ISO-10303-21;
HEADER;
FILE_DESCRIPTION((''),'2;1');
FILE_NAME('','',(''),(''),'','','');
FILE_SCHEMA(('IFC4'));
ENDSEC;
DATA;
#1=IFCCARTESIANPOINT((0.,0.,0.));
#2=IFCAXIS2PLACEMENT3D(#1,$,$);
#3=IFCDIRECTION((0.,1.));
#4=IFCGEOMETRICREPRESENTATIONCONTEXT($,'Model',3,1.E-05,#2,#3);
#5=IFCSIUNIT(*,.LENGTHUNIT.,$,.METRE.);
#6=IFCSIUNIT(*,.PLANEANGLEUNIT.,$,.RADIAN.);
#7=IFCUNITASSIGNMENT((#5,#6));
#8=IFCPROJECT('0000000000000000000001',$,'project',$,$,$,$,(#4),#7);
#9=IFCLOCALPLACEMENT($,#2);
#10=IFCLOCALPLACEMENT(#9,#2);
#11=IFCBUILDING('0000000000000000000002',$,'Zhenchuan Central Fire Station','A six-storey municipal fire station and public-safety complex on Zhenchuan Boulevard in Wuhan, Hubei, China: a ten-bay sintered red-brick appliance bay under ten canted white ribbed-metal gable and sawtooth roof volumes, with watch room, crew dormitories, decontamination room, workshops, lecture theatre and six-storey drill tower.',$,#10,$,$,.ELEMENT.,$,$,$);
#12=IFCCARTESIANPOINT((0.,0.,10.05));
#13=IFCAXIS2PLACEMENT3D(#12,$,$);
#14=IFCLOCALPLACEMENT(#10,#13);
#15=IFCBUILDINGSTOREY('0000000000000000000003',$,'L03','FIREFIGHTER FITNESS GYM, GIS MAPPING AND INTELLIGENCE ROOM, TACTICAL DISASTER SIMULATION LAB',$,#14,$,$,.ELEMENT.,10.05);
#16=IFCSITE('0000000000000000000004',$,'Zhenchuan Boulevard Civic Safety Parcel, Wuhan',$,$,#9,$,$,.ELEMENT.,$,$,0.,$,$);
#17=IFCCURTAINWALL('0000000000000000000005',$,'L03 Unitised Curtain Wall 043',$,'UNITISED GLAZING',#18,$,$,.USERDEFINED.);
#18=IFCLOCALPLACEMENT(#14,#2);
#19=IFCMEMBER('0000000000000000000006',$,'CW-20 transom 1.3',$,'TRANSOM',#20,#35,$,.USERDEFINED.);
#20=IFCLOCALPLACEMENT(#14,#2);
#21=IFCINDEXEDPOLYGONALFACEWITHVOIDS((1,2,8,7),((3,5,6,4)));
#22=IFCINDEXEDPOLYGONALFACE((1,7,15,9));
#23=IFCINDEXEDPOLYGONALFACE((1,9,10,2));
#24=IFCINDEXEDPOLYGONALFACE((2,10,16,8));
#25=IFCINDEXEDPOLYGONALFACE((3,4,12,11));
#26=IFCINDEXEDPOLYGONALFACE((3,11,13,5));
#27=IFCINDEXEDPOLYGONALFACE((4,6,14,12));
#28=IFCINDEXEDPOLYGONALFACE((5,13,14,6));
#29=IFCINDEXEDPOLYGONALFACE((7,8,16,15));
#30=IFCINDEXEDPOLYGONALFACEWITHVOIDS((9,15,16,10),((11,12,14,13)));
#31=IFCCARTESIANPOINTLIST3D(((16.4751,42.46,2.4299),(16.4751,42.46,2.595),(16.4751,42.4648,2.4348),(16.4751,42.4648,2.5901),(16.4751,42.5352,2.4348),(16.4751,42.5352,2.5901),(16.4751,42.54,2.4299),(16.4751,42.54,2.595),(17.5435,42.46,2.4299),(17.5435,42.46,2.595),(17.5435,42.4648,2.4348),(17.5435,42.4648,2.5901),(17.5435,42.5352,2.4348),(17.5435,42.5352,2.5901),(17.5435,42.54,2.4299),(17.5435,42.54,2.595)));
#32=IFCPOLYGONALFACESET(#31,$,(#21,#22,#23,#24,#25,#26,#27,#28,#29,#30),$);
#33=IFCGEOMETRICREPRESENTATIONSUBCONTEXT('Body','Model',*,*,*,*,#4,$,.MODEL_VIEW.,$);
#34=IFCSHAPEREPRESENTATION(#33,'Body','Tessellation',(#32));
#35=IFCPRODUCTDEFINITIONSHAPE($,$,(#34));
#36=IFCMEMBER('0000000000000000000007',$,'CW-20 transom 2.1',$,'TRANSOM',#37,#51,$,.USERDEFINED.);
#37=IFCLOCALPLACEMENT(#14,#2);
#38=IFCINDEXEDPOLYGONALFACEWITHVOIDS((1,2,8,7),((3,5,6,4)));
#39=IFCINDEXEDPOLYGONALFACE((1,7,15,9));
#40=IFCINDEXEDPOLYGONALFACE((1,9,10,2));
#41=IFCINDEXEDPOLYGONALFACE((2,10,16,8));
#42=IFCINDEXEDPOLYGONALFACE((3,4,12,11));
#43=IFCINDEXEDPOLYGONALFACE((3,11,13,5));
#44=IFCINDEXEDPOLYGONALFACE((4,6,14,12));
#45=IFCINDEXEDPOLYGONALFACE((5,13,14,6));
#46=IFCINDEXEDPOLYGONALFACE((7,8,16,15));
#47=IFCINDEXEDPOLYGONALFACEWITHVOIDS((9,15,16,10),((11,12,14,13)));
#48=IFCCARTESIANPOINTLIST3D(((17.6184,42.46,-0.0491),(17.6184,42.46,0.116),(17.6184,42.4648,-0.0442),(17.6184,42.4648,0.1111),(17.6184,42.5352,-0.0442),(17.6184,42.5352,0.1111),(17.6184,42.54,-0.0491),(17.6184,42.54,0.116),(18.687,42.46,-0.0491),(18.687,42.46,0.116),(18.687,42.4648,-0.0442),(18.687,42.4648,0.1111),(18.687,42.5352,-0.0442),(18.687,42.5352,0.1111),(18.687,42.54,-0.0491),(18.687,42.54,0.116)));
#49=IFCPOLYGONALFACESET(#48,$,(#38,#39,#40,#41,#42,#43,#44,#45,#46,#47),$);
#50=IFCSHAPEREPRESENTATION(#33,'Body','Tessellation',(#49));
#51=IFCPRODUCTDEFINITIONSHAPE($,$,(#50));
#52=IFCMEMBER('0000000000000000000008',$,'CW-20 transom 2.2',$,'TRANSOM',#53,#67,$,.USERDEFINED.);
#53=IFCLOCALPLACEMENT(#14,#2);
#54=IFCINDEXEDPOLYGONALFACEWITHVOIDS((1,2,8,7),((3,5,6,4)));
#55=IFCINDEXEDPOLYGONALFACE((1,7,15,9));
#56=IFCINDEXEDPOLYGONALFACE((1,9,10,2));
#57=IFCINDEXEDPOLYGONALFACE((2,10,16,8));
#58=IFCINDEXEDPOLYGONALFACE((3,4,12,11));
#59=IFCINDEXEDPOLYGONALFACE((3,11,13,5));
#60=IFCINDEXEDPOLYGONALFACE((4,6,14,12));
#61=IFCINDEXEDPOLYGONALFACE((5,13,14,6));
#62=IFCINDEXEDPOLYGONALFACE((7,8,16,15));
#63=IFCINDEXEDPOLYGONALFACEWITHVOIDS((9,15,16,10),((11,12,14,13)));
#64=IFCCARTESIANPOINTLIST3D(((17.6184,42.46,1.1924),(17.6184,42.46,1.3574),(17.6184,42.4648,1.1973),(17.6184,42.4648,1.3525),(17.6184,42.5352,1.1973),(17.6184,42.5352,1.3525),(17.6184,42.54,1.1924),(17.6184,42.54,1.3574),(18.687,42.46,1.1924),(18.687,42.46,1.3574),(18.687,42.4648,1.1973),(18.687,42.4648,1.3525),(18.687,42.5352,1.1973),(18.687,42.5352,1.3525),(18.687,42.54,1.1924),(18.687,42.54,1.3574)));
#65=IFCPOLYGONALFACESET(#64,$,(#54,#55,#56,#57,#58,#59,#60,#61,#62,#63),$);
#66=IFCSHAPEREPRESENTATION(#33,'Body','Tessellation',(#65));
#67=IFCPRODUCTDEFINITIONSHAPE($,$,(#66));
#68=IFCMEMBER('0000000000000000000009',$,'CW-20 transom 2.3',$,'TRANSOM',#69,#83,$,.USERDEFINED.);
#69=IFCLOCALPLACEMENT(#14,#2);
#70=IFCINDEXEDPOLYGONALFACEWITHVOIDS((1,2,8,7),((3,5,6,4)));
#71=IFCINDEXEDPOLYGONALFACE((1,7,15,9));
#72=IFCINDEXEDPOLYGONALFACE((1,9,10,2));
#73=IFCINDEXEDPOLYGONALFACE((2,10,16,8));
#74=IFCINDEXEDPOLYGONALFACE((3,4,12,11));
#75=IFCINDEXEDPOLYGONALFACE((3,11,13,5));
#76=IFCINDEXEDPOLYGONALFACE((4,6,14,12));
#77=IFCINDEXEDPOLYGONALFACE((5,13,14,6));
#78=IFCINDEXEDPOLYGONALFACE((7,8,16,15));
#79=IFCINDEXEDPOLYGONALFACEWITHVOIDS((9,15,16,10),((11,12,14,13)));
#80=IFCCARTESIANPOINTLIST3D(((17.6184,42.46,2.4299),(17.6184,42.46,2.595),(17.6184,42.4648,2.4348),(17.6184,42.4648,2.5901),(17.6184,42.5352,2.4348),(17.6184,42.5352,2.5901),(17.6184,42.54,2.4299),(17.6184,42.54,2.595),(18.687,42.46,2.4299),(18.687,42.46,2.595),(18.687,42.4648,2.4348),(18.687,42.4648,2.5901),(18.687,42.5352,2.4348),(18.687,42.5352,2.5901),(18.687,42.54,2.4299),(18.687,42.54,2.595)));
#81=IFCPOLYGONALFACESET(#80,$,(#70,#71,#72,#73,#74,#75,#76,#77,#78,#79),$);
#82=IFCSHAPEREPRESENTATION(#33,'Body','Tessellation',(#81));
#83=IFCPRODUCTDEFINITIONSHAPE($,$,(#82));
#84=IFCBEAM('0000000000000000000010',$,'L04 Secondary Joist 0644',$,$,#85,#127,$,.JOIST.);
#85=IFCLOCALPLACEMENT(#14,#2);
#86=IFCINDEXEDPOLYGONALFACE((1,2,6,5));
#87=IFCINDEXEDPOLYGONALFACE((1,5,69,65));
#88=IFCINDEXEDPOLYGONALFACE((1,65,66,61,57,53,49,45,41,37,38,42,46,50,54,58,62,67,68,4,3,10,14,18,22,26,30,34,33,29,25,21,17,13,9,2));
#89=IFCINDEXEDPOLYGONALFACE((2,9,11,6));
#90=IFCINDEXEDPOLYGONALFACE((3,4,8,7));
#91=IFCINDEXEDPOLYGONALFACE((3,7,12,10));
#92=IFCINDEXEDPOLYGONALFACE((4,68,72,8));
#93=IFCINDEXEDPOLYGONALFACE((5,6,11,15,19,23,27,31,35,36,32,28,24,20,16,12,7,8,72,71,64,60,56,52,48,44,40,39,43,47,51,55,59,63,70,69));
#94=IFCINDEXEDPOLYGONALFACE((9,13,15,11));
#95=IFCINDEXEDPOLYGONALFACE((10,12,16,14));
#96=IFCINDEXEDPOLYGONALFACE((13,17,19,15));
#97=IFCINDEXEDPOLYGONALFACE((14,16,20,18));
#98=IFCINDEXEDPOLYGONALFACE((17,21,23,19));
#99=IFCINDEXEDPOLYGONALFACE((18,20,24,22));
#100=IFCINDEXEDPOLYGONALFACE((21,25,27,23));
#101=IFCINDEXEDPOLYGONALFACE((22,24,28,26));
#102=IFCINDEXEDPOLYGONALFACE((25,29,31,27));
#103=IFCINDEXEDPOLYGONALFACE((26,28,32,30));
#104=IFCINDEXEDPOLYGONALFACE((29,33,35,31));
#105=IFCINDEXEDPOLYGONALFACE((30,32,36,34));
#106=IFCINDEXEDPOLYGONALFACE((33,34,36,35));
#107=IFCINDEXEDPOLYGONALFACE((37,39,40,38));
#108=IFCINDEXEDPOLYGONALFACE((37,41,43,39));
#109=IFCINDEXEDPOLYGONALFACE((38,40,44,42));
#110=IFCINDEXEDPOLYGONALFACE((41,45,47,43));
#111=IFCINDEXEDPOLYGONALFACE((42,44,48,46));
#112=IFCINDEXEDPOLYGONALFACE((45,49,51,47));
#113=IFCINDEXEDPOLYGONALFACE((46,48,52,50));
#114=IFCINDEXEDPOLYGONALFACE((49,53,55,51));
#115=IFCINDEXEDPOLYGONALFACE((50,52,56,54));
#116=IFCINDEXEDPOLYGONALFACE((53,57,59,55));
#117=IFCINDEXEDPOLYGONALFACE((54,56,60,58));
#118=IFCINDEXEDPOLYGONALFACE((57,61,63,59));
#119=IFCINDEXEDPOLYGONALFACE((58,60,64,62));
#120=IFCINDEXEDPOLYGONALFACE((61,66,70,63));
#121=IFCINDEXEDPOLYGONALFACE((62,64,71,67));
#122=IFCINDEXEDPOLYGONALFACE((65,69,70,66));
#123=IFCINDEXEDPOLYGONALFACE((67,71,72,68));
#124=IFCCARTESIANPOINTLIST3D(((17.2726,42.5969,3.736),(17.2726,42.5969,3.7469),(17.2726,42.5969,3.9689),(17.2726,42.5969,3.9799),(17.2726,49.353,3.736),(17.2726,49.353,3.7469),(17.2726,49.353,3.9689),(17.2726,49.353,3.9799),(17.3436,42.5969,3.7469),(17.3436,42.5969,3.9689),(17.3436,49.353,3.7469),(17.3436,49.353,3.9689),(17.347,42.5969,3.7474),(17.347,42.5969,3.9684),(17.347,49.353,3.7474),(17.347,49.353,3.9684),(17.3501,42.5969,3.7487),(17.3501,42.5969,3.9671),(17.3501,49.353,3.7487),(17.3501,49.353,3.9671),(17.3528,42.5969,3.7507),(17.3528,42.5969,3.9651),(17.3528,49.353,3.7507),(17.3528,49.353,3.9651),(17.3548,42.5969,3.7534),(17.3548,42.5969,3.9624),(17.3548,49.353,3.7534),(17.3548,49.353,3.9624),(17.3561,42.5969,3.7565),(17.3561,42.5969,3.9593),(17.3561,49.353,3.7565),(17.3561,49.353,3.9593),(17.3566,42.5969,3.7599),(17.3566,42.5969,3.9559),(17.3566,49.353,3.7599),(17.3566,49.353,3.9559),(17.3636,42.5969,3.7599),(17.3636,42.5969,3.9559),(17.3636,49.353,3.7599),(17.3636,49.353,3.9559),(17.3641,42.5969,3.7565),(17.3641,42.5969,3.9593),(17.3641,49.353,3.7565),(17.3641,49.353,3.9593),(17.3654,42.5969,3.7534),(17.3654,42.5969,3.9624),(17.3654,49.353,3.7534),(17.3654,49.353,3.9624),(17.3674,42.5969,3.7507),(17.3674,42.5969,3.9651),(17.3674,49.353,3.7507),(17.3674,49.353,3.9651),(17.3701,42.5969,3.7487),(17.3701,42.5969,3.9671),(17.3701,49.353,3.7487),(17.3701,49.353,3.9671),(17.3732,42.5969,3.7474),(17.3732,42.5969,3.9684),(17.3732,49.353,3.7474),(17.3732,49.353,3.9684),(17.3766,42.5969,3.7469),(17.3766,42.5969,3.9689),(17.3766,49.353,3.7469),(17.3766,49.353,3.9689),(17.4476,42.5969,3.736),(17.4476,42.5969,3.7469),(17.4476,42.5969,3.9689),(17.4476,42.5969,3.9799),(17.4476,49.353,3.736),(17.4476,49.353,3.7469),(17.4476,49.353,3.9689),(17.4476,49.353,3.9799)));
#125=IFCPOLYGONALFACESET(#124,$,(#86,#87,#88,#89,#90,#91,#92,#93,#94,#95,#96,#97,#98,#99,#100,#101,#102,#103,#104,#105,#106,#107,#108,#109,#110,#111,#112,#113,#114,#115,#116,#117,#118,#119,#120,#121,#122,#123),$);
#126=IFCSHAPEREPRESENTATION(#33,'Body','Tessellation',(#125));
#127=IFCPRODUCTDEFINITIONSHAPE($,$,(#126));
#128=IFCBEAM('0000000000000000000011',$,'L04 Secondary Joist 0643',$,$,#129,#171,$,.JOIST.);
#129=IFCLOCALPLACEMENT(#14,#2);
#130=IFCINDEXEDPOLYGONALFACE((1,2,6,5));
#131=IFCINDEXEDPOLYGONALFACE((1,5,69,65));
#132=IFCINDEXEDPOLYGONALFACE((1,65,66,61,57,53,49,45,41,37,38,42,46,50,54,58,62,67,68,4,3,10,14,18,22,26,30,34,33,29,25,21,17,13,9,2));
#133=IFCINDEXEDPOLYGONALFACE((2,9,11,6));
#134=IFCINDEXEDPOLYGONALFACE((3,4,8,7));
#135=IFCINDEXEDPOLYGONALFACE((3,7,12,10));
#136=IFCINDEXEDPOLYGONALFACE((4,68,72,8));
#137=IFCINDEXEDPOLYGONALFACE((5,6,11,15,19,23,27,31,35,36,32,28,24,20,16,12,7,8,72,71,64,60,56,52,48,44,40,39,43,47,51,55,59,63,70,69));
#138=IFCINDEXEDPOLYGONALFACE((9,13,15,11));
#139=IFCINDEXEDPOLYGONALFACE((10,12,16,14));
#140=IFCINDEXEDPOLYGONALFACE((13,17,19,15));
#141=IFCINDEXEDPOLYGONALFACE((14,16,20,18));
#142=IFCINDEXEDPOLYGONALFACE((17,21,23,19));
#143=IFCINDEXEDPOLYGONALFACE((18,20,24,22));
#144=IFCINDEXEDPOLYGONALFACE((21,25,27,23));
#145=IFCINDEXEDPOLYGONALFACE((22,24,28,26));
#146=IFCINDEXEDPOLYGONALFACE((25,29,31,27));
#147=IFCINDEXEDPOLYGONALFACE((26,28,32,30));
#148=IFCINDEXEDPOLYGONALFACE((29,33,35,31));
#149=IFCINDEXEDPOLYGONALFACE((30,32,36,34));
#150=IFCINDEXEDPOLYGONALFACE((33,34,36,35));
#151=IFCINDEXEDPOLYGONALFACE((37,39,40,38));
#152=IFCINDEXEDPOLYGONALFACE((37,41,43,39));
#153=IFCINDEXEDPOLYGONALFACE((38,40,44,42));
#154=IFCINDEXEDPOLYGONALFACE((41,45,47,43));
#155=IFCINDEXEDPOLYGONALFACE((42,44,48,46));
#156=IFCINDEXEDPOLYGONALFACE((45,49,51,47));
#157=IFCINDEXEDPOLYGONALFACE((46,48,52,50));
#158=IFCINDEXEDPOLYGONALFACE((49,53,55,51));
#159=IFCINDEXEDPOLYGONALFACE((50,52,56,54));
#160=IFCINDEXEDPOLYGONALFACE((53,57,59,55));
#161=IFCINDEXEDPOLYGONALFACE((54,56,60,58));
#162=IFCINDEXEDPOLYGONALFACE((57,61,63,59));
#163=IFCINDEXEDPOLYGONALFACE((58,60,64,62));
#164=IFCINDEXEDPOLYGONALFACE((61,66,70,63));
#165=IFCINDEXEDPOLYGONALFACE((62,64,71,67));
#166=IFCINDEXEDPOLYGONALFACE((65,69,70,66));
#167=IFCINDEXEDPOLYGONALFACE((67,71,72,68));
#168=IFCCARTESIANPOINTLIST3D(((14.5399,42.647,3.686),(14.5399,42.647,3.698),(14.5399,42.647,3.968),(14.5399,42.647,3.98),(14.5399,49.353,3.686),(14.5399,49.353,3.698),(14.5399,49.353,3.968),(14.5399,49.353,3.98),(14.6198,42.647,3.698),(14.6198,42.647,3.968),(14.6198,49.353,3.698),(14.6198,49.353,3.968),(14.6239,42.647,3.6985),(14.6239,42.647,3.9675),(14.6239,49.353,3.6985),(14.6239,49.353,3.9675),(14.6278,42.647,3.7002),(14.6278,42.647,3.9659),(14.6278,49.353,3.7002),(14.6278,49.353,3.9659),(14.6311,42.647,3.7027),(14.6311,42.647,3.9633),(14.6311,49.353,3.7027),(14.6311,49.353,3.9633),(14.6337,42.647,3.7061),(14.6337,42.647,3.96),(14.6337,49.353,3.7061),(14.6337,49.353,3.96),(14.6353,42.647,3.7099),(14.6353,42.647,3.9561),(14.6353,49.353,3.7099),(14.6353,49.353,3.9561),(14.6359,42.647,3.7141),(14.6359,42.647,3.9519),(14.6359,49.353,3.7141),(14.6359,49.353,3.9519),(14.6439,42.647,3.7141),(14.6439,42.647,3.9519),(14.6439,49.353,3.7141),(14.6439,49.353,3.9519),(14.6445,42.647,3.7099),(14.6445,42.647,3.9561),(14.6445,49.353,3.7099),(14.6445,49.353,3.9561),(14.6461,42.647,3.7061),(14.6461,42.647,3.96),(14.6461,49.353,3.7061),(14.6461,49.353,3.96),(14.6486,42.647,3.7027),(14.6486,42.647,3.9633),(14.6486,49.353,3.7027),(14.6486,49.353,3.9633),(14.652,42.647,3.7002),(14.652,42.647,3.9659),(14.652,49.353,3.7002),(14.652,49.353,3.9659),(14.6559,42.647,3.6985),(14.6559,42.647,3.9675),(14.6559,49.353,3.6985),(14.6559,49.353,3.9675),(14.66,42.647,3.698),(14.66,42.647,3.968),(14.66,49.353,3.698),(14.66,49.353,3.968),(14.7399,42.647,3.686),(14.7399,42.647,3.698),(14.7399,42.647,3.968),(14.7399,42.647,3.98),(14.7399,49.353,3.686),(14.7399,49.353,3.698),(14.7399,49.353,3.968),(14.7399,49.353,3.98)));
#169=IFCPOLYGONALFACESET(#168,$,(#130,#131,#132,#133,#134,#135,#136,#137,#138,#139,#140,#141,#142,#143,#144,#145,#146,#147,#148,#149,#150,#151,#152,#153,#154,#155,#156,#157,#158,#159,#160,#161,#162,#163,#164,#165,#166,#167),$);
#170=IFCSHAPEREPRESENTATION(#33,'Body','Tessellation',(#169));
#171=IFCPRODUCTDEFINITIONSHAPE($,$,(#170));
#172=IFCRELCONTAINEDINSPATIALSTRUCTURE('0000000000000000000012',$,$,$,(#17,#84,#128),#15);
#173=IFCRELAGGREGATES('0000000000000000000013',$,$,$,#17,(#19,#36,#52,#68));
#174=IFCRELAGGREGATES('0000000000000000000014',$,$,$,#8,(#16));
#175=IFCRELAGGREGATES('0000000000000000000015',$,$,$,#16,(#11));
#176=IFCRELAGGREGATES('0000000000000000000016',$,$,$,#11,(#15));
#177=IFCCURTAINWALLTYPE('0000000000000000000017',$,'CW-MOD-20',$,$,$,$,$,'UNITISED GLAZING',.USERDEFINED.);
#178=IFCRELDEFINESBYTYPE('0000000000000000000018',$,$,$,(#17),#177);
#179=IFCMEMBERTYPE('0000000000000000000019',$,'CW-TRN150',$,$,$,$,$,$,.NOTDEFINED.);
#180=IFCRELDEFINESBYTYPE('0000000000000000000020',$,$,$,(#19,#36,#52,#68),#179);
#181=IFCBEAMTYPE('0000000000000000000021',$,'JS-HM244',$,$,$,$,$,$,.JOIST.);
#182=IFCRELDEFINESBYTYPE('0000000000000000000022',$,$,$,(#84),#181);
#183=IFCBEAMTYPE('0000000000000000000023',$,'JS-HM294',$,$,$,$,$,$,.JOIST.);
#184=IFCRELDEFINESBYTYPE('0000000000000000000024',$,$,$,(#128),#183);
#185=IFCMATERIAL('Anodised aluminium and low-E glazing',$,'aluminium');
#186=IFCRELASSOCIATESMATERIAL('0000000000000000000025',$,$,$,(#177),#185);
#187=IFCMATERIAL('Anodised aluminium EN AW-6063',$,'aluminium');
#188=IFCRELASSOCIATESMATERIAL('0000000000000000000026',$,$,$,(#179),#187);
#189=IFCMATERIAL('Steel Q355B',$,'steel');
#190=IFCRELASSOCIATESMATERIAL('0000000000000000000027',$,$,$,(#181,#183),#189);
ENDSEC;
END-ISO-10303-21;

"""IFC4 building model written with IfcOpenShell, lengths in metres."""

from ifc_helpers import new_model, si_unit, direction, frame, origin, origin_2d, place, context, subcontext, project, spatial, hollow_rectangle, i_section, extrude, material, material_profile, profile_set, type_object, element, aggregate, save


model = new_model("IFC4")

# Units and contexts
model_context = context("Model", 3, precision=1e-05, world=origin(), true_north=direction((0.0, 1.0)))
body_context = subcontext(model_context, "Body", "Model", "MODEL_VIEW")
ifc_project = project(units=[si_unit("LENGTHUNIT", "METRE"), si_unit("PLANEANGLEUNIT", "RADIAN")], contexts=[model_context])

# Site, building, storey
site_placement = place(None, origin())
site = spatial("IfcSite", under=ifc_project, at=site_placement, Name="Zhenchuan Boulevard Civic Safety Parcel, Wuhan", CompositionType="ELEMENT", RefElevation=0.0)
building_placement = place(site_placement, origin())
building = spatial("IfcBuilding", under=site, at=building_placement, Name="Zhenchuan Central Fire Station", Description="A six-storey municipal fire station and public-safety complex on Zhenchuan Boulevard in Wuhan, Hubei, China: a ten-bay sintered red-brick appliance bay under ten canted white ribbed-metal gable and sawtooth roof volumes, with watch room, crew dormitories, decontamination room, workshops, lecture theatre and six-storey drill tower.", CompositionType="ELEMENT")
storey_placement = place(building_placement, frame((0.0, 0.0, 10.05)))
storey = spatial("IfcBuildingStorey", under=building, at=storey_placement, Name="L03", Description="FIREFIGHTER FITNESS GYM, GIS MAPPING AND INTELLIGENCE ROOM, TACTICAL DISASTER SIMULATION LAB", CompositionType="ELEMENT", Elevation=10.05)

# Shared definitions
ifc_material_1 = material(Name="Steel Q355B", Category="steel")

# Curtain wall
ifc_material_2 = material(Name="Anodised aluminium and low-E glazing", Category="aluminium")
ifc_material_3 = material(Name="Anodised aluminium EN AW-6063", Category="aluminium")
curtain_wall_type_1 = type_object("IfcCurtainWallType", Name="CW-MOD-20", ElementType="UNITISED GLAZING", PredefinedType="USERDEFINED", material=ifc_material_2)
curtain_wall_1_placement = place(storey_placement, origin())
curtain_wall_1 = element("IfcCurtainWall", 1, at=curtain_wall_1_placement, inside=storey, type_object=curtain_wall_type_1, Name="L03 Unitised Curtain Wall 043", ObjectType="UNITISED GLAZING", PredefinedType="USERDEFINED")

# Members
ifc_material_profile_1 = material_profile(ifc_material_3, hollow_rectangle(XDim=0.0801, YDim=0.165, WallThickness=0.0049, at=origin_2d()), Name="ALU-T 165x80")
ifc_profile_set_1 = profile_set([ifc_material_profile_1], Name="Anodised aluminium EN AW-6063")
member_type_1 = type_object("IfcMemberType", Name="CW-TRN150", PredefinedType="NOTDEFINED", material=ifc_profile_set_1)
member_1_placement = place(storey_placement, frame((16.4751, 42.5, 2.5125), z_axis=(1.0, 0.0, 0.0), x_axis=(0.0, 1.0, 0.0)))
member_1 = element("IfcMember", 2, at=member_1_placement, type_object=member_type_1, Name="CW-20 transom 1.3", ObjectType="TRANSOM", PredefinedType="USERDEFINED", context=body_context, shape_type="SweptSolid", body=[
    extrude(hollow_rectangle(XDim=0.0801, YDim=0.165, WallThickness=0.0049, at=origin_2d()), origin(), (0.0, 0.0, 1.0), 1.0684),
])
member_2_placement = place(storey_placement, frame((17.6184, 42.5, 0.0334), z_axis=(1.0, 0.0, 0.0), x_axis=(0.0, 1.0, 0.0)))
member_2 = element("IfcMember", 3, at=member_2_placement, type_object=member_type_1, Name="CW-20 transom 2.1", ObjectType="TRANSOM", PredefinedType="USERDEFINED", context=body_context, shape_type="SweptSolid", body=[
    extrude(hollow_rectangle(XDim=0.0801, YDim=0.165, WallThickness=0.0049, at=origin_2d()), origin(), (0.0, 0.0, 1.0), 1.0686),
])
member_3_placement = place(storey_placement, frame((17.6184, 42.5, 1.2749), z_axis=(1.0, 0.0, 0.0), x_axis=(0.0, 1.0, 0.0)))
member_3 = element("IfcMember", 4, at=member_3_placement, type_object=member_type_1, Name="CW-20 transom 2.2", ObjectType="TRANSOM", PredefinedType="USERDEFINED", context=body_context, shape_type="SweptSolid", body=[
    extrude(hollow_rectangle(XDim=0.0801, YDim=0.165, WallThickness=0.0049, at=origin_2d()), origin(), (0.0, 0.0, 1.0), 1.0686),
])
member_4_placement = place(storey_placement, frame((17.6184, 42.5, 2.5125), z_axis=(1.0, 0.0, 0.0), x_axis=(0.0, 1.0, 0.0)))
member_4 = element("IfcMember", 5, at=member_4_placement, type_object=member_type_1, Name="CW-20 transom 2.3", ObjectType="TRANSOM", PredefinedType="USERDEFINED", context=body_context, shape_type="SweptSolid", body=[
    extrude(hollow_rectangle(XDim=0.0801, YDim=0.165, WallThickness=0.0049, at=origin_2d()), origin(), (0.0, 0.0, 1.0), 1.0686),
])

# Beams
ifc_material_profile_2 = material_profile(ifc_material_1, i_section(OverallWidth=0.175, OverallDepth=0.2439, WebThickness=0.0071, FlangeThickness=0.011, FilletRadius=0.0129, at=origin_2d()), Name="HM 244x175")
ifc_profile_set_2 = profile_set([ifc_material_profile_2], Name="Steel Q355B")
beam_type_1 = type_object("IfcBeamType", Name="JS-HM244", PredefinedType="JOIST", material=ifc_profile_set_2)
beam_1_placement = place(storey_placement, frame((17.3601, 42.5969, 3.8579), z_axis=(0.0, 1.0, 0.0), x_axis=(-1.0, 0.0, 0.0)))
element("IfcBeam", 6, at=beam_1_placement, inside=storey, type_object=beam_type_1, Name="L04 Secondary Joist 0644", PredefinedType="JOIST", context=body_context, shape_type="SweptSolid", body=[
    extrude(i_section(OverallWidth=0.175, OverallDepth=0.2439, WebThickness=0.0071, FlangeThickness=0.011, FilletRadius=0.0129, at=origin_2d()), origin(), (0.0, 0.0, 1.0), 6.7561),
])
ifc_material_profile_3 = material_profile(ifc_material_1, i_section(OverallWidth=0.2, OverallDepth=0.2939, WebThickness=0.0081, FlangeThickness=0.012, FilletRadius=0.0161, at=origin_2d()), Name="HM 294x200")
ifc_profile_set_3 = profile_set([ifc_material_profile_3], Name="Steel Q355B")
beam_type_2 = type_object("IfcBeamType", Name="JS-HM294", PredefinedType="JOIST", material=ifc_profile_set_3)
beam_2_placement = place(storey_placement, frame((14.6399, 42.647, 3.833), z_axis=(0.0, 1.0, 0.0), x_axis=(-1.0, 0.0, 0.0)))
element("IfcBeam", 7, at=beam_2_placement, inside=storey, type_object=beam_type_2, Name="L04 Secondary Joist 0643", PredefinedType="JOIST", context=body_context, shape_type="SweptSolid", body=[
    extrude(i_section(OverallWidth=0.2, OverallDepth=0.2939, WebThickness=0.0081, FlangeThickness=0.012, FilletRadius=0.0161, at=origin_2d()), origin(), (0.0, 0.0, 1.0), 6.7061),
])

aggregate(curtain_wall_1, [member_1, member_2, member_3, member_4])

save(model, "model.ifc")
